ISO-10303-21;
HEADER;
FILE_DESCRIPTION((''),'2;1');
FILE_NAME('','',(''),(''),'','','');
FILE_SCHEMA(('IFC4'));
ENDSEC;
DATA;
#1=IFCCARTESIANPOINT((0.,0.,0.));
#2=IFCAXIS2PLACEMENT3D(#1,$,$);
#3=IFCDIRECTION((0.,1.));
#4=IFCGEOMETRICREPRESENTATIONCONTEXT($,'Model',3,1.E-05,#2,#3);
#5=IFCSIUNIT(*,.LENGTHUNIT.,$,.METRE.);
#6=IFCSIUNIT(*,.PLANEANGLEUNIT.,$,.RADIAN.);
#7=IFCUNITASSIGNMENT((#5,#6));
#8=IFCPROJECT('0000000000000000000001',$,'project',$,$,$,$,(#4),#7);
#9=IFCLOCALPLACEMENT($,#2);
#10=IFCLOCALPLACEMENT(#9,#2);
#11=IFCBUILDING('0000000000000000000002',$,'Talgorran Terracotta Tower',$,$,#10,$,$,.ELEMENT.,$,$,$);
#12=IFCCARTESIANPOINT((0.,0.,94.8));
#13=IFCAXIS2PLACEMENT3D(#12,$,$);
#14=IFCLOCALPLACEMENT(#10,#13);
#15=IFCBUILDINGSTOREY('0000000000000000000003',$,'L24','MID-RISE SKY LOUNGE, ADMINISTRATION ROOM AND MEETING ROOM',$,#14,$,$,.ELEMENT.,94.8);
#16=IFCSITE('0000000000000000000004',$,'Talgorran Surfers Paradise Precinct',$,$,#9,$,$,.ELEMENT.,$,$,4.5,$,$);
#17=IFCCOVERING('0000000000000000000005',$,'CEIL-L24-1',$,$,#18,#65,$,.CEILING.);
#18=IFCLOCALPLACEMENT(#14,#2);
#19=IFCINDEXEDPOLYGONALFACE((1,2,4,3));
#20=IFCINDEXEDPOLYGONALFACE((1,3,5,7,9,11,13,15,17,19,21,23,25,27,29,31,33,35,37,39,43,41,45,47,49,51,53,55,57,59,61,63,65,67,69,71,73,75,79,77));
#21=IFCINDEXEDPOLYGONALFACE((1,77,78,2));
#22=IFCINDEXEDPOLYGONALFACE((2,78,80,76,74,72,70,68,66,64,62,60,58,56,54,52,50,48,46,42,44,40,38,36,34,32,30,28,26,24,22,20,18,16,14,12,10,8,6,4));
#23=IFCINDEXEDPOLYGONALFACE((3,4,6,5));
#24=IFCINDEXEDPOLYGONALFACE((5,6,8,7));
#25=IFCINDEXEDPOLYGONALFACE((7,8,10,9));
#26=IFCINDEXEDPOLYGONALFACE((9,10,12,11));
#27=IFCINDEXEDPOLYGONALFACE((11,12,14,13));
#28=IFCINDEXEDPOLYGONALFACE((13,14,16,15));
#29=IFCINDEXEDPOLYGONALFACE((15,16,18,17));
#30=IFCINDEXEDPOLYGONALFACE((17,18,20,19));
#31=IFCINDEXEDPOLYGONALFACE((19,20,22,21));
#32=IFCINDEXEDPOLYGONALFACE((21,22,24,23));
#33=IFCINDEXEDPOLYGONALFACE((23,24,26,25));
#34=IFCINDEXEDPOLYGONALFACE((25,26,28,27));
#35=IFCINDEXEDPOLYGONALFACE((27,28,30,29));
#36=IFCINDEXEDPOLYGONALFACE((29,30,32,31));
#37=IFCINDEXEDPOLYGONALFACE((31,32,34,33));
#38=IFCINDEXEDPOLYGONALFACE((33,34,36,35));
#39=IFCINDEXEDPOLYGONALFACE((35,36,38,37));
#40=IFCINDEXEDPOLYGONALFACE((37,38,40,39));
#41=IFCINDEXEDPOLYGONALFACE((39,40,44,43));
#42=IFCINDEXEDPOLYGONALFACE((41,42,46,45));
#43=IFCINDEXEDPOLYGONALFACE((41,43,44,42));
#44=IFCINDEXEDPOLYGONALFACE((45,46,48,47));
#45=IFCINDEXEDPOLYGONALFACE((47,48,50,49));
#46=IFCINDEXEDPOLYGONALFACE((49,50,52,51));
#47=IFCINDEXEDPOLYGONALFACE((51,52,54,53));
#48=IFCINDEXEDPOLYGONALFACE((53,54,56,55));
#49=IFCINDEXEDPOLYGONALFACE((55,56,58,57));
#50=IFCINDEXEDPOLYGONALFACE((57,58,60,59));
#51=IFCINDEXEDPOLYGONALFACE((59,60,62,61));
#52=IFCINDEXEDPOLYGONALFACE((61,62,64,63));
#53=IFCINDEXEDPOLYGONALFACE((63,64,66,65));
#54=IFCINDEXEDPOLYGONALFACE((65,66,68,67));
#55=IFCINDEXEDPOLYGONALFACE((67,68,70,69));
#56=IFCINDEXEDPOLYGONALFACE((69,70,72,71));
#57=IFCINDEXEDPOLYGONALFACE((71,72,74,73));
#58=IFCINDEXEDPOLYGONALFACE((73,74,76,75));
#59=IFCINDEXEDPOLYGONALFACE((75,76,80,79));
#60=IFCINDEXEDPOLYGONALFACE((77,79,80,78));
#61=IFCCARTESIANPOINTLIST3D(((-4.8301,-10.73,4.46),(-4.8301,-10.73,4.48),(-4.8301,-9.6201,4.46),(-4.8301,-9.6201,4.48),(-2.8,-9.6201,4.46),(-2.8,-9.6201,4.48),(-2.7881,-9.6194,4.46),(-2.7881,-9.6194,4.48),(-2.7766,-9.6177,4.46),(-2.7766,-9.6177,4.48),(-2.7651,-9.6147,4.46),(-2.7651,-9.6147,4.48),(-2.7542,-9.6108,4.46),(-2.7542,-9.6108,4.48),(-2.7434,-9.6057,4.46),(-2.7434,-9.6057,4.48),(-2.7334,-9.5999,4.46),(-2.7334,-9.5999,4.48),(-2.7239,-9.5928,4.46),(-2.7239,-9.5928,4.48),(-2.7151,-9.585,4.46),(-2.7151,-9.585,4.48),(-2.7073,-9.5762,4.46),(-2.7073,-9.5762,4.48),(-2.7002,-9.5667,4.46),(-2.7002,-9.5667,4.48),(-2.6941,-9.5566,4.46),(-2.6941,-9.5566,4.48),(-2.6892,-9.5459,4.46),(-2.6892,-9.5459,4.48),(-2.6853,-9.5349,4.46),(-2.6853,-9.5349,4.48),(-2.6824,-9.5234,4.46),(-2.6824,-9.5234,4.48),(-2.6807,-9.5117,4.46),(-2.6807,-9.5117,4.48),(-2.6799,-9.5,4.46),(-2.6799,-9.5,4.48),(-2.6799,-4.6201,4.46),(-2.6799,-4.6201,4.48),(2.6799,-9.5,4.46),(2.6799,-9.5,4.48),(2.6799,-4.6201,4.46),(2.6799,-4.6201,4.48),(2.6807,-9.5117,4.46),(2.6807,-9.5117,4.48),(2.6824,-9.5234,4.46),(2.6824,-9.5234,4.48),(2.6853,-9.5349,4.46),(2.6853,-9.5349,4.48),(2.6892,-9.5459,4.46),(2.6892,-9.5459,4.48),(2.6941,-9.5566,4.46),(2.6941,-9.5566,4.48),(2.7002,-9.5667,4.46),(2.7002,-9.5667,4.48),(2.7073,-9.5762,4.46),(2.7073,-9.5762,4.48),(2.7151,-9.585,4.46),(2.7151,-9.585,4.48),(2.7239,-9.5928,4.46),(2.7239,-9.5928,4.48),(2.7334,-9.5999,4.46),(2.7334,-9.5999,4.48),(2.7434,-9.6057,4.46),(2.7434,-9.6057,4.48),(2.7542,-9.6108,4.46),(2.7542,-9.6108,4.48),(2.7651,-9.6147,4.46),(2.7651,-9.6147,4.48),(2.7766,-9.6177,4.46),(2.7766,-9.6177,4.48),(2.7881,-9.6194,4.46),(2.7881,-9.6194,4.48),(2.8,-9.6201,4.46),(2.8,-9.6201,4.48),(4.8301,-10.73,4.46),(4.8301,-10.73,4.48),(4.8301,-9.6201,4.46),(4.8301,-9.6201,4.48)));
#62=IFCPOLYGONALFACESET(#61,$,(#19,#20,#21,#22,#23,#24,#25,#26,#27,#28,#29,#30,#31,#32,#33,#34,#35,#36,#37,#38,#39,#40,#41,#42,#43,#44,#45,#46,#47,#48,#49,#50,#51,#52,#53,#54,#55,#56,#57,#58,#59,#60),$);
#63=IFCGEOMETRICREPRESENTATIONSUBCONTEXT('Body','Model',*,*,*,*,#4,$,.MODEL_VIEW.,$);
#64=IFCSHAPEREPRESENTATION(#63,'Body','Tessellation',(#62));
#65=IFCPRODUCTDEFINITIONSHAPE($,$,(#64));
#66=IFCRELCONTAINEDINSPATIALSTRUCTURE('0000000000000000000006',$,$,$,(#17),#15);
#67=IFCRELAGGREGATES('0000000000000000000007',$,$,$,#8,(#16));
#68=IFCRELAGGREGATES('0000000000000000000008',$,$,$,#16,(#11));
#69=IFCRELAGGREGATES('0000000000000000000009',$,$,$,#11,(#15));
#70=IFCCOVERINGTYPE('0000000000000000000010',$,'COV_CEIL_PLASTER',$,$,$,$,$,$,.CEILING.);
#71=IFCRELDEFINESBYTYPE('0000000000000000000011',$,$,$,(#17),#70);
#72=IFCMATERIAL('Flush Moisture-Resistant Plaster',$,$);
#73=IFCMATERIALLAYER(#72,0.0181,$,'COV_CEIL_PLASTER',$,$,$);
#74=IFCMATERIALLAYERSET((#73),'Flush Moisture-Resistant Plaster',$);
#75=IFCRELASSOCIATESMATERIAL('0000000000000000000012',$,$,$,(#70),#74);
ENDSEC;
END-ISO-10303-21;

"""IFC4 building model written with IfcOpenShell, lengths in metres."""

from ifc_helpers import new_model, si_unit, direction, frame, origin, place, context, subcontext, project, spatial, polyline, outline, extrude, material, layer, layer_set, type_object, element, save


model = new_model("IFC4")

# Units and contexts
model_context = context("Model", 3, precision=1e-05, world=origin(), true_north=direction((0.0, 1.0)))
body_context = subcontext(model_context, "Body", "Model", "MODEL_VIEW")
ifc_project = project(units=[si_unit("LENGTHUNIT", "METRE"), si_unit("PLANEANGLEUNIT", "RADIAN")], contexts=[model_context])

# Site, building, storey
site_placement = place(None, origin())
site = spatial("IfcSite", under=ifc_project, at=site_placement, Name="Talgorran Surfers Paradise Precinct", CompositionType="ELEMENT", RefElevation=4.5)
building_placement = place(site_placement, origin())
building = spatial("IfcBuilding", under=site, at=building_placement, Name="Talgorran Terracotta Tower", CompositionType="ELEMENT")
storey_placement = place(building_placement, frame((0.0, 0.0, 94.8)))
storey = spatial("IfcBuildingStorey", under=building, at=storey_placement, Name="L24", Description="MID-RISE SKY LOUNGE, ADMINISTRATION ROOM AND MEETING ROOM", CompositionType="ELEMENT", Elevation=94.8)

# Covering
ifc_material_1 = material(Name="Flush Moisture-Resistant Plaster")
ifc_layer_1 = layer(ifc_material_1, 0.0181, Name="COV_CEIL_PLASTER")
ifc_layer_set_1 = layer_set([ifc_layer_1], Name="Flush Moisture-Resistant Plaster")
covering_type_1 = type_object("IfcCoveringType", Name="COV_CEIL_PLASTER", PredefinedType="CEILING", material=ifc_layer_set_1)
covering_1_placement = place(storey_placement, frame((0.0, 0.0, 4.46)))
element("IfcCovering", 1, at=covering_1_placement, inside=storey, type_object=covering_type_1, Name="CEIL-L24-1", PredefinedType="CEILING", context=body_context, shape_type="SweptSolid", body=[
    extrude(outline(polyline([(-4.8301, -9.6201), (-2.8, -9.6201), (-2.7881, -9.6194), (-2.7766, -9.6177), (-2.7651, -9.6147), (-2.7542, -9.6108), (-2.7434, -9.6057), (-2.7334, -9.5999), (-2.7239, -9.5928), (-2.7151, -9.585), (-2.7073, -9.5762), (-2.7002, -9.5667), (-2.6941, -9.5566), (-2.6892, -9.5459), (-2.6853, -9.5349), (-2.6824, -9.5234), (-2.6807, -9.5117), (-2.6799, -9.5), (-2.6799, -4.6201), (2.6799, -4.6201), (2.6799, -9.5), (2.6807, -9.5117), (2.6824, -9.5234), (2.6853, -9.5349), (2.6892, -9.5459), (2.6941, -9.5566), (2.7002, -9.5667), (2.7073, -9.5762), (2.7151, -9.585), (2.7239, -9.5928), (2.7334, -9.5999), (2.7434, -9.6057), (2.7542, -9.6108), (2.7651, -9.6147), (2.7766, -9.6177), (2.7881, -9.6194), (2.8, -9.6201), (4.8301, -9.6201), (4.8301, -10.73), (-4.8301, -10.73), (-4.8301, -9.6201)])), origin(), (0.0, 0.0, 1.0), 0.02),
])

save(model, "model.ifc")
